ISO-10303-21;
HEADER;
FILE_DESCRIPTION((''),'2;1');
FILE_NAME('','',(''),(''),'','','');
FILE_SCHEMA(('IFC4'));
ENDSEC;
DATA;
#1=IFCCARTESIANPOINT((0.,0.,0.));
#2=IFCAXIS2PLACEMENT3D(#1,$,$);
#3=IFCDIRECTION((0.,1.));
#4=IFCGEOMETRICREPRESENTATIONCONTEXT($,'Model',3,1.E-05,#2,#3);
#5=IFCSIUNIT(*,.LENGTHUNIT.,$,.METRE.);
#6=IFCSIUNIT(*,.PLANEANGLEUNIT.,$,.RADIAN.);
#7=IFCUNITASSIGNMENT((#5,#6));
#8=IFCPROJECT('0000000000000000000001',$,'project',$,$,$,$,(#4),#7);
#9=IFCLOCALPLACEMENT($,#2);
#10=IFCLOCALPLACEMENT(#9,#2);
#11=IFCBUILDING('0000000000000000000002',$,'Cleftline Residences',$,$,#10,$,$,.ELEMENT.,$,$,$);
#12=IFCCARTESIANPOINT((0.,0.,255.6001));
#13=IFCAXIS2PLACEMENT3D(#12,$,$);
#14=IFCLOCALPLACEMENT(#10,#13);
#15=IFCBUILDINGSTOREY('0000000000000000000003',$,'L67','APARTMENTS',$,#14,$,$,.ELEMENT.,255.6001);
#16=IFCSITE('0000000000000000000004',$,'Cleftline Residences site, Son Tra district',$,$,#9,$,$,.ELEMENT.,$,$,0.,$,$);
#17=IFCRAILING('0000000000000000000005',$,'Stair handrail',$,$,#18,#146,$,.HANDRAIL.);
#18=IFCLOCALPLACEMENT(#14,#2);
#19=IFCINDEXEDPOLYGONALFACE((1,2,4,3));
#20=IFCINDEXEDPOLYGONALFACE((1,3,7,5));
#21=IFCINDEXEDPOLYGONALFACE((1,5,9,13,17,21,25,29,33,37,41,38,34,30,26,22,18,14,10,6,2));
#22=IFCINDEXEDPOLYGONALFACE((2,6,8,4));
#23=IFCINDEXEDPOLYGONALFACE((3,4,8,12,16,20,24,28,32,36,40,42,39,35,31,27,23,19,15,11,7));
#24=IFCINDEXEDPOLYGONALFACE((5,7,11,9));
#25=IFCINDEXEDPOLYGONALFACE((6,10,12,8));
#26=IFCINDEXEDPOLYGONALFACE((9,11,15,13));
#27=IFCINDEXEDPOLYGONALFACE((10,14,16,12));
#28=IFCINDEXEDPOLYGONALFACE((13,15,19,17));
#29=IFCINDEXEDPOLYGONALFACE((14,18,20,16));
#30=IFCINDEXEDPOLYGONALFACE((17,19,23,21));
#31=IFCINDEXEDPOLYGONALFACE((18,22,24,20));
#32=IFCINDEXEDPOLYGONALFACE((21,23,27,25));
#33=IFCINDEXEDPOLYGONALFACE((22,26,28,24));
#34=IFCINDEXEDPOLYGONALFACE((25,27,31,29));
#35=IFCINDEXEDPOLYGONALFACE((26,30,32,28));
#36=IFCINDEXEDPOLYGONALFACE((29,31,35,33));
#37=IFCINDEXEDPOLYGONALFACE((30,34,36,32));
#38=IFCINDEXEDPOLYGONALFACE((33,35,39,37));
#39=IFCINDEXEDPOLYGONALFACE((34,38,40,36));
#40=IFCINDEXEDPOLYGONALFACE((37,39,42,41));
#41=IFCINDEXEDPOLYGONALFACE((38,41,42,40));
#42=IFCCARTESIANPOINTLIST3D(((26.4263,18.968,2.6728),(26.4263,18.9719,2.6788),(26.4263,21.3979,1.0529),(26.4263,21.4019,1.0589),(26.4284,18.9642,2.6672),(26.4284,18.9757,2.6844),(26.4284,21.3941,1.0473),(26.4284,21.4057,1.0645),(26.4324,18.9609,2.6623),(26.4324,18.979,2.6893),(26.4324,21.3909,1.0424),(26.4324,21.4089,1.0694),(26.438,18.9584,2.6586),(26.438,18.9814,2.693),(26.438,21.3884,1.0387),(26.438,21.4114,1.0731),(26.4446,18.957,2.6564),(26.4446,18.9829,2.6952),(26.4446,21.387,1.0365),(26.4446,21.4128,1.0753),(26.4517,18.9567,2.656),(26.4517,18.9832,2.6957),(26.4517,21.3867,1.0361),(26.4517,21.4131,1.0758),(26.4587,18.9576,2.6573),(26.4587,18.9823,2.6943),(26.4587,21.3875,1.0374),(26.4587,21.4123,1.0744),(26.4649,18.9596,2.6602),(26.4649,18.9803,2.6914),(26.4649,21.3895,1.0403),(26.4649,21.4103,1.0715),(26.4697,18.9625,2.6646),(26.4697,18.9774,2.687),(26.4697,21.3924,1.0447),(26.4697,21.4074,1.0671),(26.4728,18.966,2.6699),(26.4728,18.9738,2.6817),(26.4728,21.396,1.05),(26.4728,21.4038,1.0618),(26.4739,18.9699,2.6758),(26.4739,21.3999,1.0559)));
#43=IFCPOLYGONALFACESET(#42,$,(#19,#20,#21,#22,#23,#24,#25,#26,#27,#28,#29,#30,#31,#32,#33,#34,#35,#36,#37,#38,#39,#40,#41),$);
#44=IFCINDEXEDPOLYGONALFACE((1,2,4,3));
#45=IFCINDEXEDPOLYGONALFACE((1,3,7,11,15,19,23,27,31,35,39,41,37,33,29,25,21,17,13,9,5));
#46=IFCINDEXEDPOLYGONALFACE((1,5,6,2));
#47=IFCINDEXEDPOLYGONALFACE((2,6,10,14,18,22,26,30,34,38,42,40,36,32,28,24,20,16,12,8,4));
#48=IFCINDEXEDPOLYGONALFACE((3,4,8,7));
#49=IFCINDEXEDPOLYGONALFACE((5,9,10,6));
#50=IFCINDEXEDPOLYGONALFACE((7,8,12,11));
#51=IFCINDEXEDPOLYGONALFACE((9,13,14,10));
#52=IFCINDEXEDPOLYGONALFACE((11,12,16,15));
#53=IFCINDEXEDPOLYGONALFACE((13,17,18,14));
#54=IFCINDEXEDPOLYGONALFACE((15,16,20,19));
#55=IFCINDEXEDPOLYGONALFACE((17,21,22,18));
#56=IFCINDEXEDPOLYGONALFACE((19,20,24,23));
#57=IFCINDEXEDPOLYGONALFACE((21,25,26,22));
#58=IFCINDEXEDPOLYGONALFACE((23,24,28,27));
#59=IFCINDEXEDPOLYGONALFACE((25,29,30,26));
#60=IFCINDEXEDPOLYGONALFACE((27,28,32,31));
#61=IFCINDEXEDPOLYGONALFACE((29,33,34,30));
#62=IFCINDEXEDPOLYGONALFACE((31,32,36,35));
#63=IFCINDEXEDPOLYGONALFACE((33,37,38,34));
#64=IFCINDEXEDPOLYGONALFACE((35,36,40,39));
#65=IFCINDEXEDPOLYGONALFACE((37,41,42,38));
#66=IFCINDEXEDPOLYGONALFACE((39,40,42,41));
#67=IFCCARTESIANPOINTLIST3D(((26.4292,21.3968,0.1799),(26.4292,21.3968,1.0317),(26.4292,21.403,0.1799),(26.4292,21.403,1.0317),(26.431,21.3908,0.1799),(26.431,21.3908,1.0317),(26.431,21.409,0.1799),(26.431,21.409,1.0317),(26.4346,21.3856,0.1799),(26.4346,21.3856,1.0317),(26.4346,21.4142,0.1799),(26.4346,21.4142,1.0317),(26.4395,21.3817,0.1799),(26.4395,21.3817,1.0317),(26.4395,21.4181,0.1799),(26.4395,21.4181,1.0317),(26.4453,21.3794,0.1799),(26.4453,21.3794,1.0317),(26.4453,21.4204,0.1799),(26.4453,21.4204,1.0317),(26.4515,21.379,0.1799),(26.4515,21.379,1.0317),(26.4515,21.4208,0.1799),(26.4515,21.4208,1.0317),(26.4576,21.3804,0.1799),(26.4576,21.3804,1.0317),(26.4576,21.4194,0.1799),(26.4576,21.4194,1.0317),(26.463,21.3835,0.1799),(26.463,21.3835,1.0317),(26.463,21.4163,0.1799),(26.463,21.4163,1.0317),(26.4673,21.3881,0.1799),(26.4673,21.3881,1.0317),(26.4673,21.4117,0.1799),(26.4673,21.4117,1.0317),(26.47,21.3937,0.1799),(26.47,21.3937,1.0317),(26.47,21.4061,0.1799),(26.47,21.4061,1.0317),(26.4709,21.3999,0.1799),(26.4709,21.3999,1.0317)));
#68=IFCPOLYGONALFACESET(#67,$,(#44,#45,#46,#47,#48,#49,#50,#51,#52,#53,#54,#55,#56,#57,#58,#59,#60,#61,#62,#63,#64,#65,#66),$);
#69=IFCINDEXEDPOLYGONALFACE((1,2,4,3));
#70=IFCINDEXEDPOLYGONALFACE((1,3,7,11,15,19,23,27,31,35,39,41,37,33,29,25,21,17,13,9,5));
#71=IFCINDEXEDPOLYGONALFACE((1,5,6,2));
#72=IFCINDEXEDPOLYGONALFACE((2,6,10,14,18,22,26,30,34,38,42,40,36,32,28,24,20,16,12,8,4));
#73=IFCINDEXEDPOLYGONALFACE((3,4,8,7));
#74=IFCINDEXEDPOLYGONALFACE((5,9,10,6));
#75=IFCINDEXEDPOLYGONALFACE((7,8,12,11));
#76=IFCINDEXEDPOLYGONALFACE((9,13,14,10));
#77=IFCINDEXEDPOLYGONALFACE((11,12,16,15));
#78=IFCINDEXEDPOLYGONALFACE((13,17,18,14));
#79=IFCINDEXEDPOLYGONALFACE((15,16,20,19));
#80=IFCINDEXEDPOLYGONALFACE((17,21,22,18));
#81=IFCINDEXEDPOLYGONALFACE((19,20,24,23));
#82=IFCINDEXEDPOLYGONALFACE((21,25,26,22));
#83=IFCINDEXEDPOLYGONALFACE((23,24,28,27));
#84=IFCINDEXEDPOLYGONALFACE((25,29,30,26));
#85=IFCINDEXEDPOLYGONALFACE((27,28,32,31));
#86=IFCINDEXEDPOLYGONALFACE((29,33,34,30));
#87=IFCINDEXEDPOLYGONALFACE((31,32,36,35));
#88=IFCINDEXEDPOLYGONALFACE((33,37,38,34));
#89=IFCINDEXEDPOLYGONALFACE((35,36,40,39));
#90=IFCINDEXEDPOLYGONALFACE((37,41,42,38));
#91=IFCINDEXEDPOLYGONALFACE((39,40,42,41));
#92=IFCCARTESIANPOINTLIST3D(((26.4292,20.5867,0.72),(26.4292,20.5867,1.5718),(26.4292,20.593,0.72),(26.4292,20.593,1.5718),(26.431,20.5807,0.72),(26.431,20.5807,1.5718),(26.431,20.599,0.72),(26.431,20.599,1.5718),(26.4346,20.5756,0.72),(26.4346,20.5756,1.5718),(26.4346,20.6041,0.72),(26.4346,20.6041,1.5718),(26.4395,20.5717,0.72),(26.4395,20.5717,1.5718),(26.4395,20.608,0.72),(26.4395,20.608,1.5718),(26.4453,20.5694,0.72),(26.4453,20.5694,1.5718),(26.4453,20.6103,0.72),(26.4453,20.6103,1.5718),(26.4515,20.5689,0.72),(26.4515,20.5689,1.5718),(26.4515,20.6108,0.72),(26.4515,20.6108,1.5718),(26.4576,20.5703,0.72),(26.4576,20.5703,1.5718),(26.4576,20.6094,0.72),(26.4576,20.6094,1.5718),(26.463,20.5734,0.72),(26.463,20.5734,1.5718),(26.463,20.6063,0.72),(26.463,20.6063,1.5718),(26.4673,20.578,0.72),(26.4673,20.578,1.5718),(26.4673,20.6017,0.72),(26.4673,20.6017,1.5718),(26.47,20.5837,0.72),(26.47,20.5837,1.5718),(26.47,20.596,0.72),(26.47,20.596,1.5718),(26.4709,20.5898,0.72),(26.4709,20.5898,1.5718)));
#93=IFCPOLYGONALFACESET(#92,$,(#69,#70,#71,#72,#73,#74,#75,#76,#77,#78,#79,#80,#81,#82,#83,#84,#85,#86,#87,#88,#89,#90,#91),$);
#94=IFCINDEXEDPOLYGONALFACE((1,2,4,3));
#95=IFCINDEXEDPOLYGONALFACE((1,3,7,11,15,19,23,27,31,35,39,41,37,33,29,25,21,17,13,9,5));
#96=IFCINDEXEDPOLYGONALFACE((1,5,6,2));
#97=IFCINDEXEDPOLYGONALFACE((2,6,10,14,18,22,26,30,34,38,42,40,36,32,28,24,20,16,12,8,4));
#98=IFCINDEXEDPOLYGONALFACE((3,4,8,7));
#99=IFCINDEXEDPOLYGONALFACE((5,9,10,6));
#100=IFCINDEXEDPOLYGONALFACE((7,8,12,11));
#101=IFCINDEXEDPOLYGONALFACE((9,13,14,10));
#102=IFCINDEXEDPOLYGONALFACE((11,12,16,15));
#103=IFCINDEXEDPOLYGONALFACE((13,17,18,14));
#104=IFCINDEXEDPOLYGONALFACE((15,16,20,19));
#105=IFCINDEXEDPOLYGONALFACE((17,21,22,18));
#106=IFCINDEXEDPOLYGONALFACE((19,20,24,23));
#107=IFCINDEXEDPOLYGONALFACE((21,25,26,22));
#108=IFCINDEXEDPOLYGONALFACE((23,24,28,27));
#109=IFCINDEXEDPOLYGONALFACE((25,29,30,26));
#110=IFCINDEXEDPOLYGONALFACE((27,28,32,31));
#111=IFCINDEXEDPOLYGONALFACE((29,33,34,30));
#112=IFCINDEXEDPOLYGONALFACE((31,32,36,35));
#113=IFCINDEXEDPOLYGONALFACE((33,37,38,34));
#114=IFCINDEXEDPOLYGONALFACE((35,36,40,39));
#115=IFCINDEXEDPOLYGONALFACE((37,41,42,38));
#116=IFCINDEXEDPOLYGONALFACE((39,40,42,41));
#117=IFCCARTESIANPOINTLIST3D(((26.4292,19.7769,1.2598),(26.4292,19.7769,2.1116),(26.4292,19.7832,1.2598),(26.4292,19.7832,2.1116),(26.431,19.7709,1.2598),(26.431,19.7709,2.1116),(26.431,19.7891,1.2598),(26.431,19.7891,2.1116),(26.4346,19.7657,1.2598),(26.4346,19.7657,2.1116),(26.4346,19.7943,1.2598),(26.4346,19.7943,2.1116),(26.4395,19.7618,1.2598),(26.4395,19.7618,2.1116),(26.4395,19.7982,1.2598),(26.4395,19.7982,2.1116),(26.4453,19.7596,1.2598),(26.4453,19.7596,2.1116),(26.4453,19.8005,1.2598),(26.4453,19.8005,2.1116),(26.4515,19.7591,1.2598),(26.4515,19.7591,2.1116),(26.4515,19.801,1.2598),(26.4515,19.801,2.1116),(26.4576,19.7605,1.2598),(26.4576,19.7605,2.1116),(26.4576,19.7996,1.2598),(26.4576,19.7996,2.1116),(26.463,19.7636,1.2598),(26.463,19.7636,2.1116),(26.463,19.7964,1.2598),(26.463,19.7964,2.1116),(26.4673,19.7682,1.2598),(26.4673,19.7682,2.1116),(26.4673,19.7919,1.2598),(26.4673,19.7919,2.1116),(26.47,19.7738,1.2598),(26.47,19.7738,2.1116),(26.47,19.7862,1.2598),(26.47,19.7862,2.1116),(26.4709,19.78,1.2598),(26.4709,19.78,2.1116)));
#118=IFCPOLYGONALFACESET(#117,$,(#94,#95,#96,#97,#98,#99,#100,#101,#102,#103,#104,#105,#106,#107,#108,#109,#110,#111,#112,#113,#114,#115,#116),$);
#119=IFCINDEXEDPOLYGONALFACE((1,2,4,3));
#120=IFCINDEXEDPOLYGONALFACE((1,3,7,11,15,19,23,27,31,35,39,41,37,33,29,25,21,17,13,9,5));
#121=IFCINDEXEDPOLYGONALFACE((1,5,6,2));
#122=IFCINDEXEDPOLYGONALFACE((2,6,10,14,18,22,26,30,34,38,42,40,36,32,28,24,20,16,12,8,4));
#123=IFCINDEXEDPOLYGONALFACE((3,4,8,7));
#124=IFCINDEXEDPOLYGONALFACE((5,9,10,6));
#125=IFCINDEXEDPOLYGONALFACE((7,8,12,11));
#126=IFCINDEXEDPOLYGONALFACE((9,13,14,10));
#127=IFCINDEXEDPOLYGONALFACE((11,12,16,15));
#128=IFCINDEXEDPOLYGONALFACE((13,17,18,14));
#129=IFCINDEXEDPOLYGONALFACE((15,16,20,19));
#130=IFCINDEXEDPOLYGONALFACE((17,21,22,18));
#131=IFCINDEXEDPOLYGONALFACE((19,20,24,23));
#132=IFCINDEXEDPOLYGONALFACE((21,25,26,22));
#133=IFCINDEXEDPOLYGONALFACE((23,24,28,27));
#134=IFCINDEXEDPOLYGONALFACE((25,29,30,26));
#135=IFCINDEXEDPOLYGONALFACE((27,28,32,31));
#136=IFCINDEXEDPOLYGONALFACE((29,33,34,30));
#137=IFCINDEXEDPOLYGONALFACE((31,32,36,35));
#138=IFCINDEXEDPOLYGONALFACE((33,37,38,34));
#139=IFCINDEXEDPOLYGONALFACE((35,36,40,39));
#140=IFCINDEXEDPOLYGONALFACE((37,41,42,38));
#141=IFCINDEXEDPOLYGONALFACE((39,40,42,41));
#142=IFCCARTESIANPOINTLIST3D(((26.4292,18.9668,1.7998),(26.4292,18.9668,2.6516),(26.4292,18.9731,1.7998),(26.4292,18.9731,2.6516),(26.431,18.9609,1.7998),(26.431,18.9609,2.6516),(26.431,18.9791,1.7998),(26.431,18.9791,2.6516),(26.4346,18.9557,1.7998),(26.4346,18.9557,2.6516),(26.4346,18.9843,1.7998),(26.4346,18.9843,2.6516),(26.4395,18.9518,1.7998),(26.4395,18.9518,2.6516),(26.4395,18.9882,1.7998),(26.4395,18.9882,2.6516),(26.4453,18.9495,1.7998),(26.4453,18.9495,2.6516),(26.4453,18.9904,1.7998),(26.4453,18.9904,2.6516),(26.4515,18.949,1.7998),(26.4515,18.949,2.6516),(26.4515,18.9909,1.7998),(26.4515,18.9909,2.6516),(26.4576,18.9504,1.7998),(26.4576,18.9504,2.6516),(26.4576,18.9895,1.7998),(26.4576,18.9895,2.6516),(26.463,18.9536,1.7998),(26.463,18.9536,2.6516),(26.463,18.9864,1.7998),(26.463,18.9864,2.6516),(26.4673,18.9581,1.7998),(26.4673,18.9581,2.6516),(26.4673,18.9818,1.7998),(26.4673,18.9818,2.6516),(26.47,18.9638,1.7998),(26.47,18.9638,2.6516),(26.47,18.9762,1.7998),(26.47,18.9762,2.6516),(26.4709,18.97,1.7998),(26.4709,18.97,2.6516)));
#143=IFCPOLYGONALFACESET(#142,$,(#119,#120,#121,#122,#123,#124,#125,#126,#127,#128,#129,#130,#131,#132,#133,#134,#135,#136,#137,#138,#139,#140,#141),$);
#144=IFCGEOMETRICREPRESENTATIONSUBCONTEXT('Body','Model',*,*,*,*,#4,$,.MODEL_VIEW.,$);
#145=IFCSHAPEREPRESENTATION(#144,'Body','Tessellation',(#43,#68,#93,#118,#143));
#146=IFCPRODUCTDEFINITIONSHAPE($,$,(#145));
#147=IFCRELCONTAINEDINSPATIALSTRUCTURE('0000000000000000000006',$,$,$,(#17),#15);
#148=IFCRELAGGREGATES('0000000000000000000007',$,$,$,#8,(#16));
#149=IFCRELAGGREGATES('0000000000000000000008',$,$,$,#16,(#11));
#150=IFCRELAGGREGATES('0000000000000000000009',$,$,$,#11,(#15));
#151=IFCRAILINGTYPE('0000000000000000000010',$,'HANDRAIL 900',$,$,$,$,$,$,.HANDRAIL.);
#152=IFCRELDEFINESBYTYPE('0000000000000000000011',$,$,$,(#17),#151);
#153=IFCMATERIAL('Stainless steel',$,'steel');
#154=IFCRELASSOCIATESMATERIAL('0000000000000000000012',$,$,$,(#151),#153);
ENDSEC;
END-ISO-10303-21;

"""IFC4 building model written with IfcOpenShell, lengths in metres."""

from ifc_helpers import new_model, si_unit, direction, frame, origin, origin_2d, place, context, subcontext, project, spatial, circle, extrude, material, type_object, element, save


model = new_model("IFC4")

# Units and contexts
model_context = context("Model", 3, precision=1e-05, world=origin(), true_north=direction((0.0, 1.0)))
body_context = subcontext(model_context, "Body", "Model", "MODEL_VIEW")
ifc_project = project(units=[si_unit("LENGTHUNIT", "METRE"), si_unit("PLANEANGLEUNIT", "RADIAN")], contexts=[model_context])

# Site, building, storey
site_placement = place(None, origin())
site = spatial("IfcSite", under=ifc_project, at=site_placement, Name="Cleftline Residences site, Son Tra district", CompositionType="ELEMENT", RefElevation=0.0)
building_placement = place(site_placement, origin())
building = spatial("IfcBuilding", under=site, at=building_placement, Name="Cleftline Residences", CompositionType="ELEMENT")
storey_placement = place(building_placement, frame((0.0, 0.0, 255.6001)))
storey = spatial("IfcBuildingStorey", under=building, at=storey_placement, Name="L67", Description="APARTMENTS", CompositionType="ELEMENT", Elevation=255.6001)

# Railing
ifc_material_1 = material(Name="Stainless steel", Category="steel")
railing_type = type_object("IfcRailingType", Name="HANDRAIL 900", PredefinedType="HANDRAIL", material=ifc_material_1)
railing_placement = place(storey_placement, frame((26.45, 21.3999, 0.1799)))
element("IfcRailing", 1, at=railing_placement, inside=storey, type_object=railing_type, Name="Stair handrail", PredefinedType="HANDRAIL", context=body_context, shape_type="SweptSolid", body=[
    extrude(circle(Radius=0.0239, at=origin_2d()), frame((0.0, 0.0, 0.876), z_axis=(0.0, -0.832063, 0.554681), x_axis=(1.0, 0.0, 0.0)), (0.0, 0.0, 1.0), 2.9204),
    extrude(circle(Radius=0.021, at=origin_2d()), origin(), (0.0, 0.0, 1.0), 0.8518),
    extrude(circle(Radius=0.021, at=origin_2d()), frame((0.0, -0.8101, 0.54)), (0.0, 0.0, 1.0), 0.8518),
    extrude(circle(Radius=0.021, at=origin_2d()), frame((0.0, -1.6199, 1.0798)), (0.0, 0.0, 1.0), 0.8518),
    extrude(circle(Radius=0.021, at=origin_2d()), frame((0.0, -2.4299, 1.6199)), (0.0, 0.0, 1.0), 0.8518),
])

save(model, "model.ifc")
